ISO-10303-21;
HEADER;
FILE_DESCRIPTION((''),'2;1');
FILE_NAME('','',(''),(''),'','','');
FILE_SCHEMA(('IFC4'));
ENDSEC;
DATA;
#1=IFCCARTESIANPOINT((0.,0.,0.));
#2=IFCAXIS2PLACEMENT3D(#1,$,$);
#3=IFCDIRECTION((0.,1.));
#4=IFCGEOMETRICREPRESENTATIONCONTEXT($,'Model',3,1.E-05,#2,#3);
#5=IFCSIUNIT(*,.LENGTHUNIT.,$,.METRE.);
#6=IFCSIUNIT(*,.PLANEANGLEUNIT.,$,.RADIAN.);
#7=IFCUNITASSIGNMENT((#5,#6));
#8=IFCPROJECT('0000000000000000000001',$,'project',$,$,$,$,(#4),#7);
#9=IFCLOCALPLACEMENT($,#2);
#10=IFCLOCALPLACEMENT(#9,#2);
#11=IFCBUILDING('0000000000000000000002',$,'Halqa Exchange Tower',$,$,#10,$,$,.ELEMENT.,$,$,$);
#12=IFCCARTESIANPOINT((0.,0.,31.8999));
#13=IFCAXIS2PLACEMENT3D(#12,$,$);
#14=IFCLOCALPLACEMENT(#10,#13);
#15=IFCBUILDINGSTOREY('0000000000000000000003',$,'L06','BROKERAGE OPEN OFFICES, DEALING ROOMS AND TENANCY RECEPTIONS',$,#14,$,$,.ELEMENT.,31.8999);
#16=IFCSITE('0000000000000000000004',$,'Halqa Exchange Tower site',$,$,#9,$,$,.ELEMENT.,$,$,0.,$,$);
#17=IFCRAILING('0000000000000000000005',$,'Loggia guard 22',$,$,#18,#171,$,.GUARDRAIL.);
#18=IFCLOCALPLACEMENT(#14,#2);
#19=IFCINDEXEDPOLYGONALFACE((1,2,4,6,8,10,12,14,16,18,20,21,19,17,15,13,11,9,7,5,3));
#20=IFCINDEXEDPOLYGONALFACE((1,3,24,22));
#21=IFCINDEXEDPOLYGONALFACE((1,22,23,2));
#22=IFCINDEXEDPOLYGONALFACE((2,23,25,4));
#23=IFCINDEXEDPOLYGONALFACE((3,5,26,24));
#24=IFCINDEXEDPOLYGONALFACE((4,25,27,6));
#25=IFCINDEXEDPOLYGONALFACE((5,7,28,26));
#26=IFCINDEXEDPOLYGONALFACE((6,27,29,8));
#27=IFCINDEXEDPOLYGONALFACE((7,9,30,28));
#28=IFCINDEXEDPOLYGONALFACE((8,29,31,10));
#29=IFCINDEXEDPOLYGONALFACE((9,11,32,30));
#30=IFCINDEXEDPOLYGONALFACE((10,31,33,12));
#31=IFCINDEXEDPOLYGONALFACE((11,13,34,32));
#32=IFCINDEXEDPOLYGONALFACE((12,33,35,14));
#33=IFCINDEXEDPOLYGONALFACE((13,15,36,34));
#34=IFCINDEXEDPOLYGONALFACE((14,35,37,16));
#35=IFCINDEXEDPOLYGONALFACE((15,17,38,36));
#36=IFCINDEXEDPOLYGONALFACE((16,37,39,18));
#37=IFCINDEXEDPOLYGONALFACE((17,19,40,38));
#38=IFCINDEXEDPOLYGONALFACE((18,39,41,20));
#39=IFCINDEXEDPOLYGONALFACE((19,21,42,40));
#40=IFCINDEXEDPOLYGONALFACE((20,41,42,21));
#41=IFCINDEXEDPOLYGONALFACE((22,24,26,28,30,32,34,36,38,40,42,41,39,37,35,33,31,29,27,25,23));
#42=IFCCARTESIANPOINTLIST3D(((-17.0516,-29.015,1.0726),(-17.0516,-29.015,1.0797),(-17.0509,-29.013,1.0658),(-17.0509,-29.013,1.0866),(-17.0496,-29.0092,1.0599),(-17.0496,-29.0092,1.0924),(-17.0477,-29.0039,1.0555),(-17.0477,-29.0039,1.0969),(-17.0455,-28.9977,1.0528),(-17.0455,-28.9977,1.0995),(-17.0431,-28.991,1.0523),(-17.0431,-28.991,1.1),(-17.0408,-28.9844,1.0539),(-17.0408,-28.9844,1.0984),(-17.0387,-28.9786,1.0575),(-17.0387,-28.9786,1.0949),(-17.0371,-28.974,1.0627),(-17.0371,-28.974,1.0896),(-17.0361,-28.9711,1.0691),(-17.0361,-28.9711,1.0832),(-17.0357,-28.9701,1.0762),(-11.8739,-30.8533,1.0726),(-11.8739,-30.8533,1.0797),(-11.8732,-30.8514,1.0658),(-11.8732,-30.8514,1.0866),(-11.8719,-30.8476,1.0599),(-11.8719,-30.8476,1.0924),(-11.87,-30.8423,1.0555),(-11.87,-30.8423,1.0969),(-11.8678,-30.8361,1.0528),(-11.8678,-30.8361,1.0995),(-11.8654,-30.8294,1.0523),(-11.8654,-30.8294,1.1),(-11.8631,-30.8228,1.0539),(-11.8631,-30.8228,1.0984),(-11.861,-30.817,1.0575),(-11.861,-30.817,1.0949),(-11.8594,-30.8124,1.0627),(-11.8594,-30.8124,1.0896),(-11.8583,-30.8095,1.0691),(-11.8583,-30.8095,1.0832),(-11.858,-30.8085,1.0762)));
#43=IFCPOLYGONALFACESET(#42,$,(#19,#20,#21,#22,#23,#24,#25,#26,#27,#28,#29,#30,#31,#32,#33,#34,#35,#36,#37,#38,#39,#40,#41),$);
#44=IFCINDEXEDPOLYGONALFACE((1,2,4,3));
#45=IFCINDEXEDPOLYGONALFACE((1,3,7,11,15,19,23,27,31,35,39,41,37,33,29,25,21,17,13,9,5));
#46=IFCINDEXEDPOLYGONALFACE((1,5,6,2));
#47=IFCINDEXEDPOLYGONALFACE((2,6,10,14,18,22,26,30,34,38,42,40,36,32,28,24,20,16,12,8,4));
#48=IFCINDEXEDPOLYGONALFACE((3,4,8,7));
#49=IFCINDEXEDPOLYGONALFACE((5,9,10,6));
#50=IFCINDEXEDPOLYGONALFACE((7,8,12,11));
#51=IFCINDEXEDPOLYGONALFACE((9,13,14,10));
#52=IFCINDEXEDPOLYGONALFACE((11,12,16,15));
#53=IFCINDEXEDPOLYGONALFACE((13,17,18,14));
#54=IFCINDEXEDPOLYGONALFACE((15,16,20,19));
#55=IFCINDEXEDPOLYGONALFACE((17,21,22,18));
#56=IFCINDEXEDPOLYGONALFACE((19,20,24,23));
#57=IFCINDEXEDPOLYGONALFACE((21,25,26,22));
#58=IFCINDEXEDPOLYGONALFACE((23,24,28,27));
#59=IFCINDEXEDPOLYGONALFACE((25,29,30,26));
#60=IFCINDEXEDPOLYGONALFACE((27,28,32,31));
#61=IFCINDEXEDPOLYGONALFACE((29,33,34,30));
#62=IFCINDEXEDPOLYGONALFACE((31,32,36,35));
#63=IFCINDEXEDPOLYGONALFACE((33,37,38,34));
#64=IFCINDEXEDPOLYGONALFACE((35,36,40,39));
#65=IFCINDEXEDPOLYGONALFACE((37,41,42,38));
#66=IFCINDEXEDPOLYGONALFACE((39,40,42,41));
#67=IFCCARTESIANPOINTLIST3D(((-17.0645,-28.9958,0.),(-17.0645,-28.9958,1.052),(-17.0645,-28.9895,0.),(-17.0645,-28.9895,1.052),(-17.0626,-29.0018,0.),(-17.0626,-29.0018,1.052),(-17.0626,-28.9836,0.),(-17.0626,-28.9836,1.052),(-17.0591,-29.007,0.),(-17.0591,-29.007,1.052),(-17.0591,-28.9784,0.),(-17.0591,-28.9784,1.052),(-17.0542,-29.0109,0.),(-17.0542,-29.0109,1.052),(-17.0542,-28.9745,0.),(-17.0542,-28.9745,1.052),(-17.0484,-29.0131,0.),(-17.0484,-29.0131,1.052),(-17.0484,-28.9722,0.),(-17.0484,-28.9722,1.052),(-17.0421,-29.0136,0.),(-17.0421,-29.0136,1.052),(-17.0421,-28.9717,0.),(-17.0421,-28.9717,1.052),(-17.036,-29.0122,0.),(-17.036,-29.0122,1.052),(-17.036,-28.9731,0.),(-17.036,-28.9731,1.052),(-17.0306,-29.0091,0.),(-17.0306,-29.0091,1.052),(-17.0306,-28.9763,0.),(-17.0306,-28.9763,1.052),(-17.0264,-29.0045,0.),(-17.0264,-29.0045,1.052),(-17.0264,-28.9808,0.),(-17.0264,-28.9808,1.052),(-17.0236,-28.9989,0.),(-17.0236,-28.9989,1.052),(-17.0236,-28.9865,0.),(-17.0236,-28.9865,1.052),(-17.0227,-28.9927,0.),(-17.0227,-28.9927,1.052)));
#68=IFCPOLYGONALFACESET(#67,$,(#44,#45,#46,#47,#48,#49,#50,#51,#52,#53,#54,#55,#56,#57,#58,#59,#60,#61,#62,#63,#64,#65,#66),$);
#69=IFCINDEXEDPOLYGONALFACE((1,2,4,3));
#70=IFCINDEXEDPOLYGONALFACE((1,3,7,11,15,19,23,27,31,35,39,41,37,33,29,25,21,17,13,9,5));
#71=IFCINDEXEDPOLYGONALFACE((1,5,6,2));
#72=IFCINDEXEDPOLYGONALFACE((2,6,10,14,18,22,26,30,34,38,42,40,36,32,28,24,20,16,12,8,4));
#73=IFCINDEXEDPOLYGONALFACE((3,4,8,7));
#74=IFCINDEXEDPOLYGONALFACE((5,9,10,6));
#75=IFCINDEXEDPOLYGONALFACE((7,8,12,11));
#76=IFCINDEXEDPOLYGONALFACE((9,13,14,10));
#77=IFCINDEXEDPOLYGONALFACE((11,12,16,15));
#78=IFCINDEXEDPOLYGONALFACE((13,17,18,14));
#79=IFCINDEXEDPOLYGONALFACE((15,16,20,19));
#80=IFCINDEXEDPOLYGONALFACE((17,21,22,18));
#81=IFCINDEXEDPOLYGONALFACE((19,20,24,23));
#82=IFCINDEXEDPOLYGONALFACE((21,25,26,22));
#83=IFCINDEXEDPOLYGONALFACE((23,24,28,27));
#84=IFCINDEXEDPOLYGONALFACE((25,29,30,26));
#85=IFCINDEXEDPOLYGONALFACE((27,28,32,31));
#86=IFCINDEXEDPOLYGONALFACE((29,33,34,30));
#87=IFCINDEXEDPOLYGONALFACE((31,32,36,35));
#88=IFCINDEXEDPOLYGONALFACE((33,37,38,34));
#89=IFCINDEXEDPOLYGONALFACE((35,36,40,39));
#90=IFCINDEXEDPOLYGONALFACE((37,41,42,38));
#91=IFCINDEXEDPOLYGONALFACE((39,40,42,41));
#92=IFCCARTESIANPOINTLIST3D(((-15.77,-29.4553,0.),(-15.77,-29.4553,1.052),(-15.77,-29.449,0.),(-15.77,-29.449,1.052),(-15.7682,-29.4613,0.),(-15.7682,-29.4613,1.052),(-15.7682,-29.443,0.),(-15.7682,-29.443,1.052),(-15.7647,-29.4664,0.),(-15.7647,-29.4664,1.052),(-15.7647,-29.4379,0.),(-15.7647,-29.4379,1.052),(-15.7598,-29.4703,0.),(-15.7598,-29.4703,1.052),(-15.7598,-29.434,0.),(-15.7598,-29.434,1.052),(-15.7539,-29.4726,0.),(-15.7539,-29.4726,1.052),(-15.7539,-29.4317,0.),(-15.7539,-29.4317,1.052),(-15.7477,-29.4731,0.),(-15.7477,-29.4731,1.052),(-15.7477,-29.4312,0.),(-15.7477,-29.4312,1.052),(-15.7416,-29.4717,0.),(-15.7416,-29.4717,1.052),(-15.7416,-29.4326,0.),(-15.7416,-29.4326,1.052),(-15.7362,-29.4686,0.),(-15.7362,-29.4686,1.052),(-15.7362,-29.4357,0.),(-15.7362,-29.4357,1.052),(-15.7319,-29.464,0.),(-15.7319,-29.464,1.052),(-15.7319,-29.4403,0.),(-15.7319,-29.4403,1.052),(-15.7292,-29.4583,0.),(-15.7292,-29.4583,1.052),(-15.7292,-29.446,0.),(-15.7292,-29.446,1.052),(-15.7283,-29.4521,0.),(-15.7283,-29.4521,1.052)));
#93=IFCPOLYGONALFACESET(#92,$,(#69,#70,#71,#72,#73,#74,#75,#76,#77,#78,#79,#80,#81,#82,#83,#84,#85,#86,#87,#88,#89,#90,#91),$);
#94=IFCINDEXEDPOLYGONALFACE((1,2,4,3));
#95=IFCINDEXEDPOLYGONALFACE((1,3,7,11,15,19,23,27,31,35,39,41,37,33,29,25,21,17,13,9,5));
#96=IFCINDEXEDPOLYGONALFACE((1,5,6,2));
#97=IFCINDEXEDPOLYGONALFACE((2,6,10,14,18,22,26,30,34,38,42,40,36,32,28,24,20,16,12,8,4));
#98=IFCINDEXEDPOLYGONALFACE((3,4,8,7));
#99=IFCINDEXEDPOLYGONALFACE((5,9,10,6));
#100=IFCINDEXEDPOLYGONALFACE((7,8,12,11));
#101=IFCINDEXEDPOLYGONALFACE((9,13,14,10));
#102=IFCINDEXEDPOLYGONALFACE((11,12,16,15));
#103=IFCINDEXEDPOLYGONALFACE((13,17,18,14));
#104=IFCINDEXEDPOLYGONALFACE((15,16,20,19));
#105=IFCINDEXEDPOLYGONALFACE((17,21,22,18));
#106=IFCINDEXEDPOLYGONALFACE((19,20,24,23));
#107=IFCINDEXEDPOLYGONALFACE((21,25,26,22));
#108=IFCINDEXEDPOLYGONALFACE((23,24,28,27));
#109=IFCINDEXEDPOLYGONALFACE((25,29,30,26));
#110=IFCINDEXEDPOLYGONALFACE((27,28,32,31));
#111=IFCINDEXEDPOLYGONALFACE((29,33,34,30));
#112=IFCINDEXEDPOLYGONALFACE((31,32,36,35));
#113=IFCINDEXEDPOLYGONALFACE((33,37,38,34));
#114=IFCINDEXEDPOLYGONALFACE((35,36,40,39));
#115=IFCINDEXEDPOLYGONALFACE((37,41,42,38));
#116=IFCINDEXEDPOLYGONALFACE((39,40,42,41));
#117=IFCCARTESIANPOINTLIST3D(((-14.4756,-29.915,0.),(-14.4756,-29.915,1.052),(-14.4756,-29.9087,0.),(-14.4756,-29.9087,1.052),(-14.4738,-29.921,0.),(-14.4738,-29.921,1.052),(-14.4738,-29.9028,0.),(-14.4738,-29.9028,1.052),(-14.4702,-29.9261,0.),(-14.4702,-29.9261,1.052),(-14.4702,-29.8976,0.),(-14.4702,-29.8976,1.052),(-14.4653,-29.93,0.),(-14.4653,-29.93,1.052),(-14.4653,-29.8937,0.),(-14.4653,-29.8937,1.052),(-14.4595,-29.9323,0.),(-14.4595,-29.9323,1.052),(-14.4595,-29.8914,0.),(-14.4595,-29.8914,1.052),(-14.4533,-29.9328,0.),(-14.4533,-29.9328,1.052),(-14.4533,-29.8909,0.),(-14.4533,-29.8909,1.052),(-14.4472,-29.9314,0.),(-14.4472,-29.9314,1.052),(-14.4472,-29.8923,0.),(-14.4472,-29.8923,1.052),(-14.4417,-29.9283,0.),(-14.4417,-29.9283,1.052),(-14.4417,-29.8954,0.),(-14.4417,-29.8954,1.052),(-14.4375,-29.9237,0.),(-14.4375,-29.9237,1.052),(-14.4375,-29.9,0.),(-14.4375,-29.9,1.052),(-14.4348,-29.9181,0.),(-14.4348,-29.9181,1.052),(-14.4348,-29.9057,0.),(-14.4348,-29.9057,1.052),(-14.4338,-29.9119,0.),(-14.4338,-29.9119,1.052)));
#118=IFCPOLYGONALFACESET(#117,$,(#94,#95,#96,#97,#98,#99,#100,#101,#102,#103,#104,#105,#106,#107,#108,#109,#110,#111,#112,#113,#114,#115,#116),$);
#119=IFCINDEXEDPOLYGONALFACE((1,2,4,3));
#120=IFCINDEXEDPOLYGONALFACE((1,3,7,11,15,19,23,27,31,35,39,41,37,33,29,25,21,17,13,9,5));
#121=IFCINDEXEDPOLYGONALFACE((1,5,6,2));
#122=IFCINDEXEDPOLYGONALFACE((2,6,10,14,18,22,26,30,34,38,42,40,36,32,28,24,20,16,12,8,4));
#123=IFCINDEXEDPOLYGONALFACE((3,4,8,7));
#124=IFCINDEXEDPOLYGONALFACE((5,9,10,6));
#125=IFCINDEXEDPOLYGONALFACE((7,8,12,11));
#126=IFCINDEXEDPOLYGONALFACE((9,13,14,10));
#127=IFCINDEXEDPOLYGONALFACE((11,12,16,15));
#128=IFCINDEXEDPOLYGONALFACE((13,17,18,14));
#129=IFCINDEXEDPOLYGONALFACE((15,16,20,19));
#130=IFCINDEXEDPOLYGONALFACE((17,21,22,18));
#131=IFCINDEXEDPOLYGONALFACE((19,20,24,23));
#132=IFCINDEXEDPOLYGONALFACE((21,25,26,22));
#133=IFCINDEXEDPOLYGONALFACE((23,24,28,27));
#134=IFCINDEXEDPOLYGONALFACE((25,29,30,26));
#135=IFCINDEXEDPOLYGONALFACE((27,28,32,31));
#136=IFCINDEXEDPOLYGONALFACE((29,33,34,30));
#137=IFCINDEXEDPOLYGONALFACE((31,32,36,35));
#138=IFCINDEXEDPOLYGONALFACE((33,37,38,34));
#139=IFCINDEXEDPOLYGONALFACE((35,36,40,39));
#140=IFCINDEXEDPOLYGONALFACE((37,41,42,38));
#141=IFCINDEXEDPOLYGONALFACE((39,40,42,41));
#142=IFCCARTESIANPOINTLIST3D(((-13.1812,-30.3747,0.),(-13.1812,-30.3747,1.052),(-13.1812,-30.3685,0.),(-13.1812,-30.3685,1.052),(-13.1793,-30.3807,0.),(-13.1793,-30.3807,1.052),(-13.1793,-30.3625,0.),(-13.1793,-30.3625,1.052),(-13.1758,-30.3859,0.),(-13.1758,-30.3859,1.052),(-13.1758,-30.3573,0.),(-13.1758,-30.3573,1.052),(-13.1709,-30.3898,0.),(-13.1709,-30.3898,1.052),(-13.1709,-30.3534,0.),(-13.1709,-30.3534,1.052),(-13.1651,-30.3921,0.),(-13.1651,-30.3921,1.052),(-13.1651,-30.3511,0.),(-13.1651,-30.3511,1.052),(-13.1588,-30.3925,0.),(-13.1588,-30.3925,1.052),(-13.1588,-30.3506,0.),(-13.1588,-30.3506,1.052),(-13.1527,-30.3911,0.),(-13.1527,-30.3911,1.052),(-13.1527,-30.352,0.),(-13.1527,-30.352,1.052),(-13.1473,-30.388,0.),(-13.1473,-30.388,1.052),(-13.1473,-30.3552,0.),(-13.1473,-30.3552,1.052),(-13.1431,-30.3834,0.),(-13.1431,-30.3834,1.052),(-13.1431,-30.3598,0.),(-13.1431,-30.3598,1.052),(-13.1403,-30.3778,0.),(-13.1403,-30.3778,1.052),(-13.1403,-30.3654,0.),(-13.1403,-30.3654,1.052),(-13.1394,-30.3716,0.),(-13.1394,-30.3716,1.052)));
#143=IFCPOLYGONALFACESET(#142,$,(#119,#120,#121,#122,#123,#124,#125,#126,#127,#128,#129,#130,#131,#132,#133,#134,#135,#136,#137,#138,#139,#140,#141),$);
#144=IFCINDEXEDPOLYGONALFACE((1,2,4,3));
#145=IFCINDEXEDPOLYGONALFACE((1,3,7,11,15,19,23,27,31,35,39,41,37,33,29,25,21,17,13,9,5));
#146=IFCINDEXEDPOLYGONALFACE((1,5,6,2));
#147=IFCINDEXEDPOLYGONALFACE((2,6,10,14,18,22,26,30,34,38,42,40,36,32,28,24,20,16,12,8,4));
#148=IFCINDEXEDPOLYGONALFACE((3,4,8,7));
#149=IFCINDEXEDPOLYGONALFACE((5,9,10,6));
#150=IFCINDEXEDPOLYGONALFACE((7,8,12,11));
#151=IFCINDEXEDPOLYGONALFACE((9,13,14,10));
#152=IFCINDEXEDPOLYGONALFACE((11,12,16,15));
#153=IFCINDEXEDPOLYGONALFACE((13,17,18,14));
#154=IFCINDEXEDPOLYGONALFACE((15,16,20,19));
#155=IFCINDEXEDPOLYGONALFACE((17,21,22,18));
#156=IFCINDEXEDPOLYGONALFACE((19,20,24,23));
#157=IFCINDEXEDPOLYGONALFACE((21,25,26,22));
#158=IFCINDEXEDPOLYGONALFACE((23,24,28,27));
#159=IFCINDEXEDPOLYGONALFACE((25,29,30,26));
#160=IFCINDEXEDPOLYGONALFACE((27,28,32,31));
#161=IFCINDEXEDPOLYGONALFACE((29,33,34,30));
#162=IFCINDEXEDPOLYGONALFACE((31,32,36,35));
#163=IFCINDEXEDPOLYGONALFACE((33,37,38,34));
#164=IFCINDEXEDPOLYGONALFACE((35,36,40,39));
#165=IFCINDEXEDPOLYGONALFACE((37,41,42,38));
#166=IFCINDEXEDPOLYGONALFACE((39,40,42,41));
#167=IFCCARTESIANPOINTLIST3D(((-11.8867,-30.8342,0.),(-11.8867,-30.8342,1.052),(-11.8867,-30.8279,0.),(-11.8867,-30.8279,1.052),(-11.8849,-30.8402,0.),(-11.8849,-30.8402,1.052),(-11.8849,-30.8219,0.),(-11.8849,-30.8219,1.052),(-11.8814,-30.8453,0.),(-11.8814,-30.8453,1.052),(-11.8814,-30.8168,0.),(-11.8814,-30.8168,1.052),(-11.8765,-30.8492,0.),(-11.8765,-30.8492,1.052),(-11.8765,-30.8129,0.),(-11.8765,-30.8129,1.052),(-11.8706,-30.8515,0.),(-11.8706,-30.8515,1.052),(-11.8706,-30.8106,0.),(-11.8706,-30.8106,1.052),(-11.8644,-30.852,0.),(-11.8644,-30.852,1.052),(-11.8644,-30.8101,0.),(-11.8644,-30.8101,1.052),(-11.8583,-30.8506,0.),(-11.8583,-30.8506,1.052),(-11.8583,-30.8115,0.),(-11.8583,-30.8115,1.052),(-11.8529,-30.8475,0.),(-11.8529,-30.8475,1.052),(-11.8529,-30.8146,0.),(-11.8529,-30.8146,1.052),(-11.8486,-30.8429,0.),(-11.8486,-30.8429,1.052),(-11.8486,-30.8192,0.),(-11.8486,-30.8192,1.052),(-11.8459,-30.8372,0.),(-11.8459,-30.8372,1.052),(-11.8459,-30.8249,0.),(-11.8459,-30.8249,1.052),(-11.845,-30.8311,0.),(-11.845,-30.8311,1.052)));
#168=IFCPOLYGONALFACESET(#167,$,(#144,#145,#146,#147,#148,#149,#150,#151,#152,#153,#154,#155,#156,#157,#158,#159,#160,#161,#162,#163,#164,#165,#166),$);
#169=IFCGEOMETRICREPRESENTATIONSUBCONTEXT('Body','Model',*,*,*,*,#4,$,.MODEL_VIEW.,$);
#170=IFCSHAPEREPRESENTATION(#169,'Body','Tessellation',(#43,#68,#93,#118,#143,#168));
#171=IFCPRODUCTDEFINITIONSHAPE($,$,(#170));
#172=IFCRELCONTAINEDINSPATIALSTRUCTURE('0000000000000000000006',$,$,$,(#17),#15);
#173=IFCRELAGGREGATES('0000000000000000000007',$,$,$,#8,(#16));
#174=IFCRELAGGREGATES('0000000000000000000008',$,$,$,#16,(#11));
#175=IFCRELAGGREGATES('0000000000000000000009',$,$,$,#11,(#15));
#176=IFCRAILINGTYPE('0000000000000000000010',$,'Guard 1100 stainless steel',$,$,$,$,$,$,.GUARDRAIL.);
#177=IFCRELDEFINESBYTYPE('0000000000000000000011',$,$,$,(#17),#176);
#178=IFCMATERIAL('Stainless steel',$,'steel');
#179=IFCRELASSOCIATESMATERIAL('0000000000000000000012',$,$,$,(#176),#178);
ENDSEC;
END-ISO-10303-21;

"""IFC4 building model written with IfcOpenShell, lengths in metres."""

from ifc_helpers import new_model, si_unit, direction, frame, origin, origin_2d, place, context, subcontext, project, spatial, circle, extrude, material, type_object, element, save


model = new_model("IFC4")

# Units and contexts
model_context = context("Model", 3, precision=1e-05, world=origin(), true_north=direction((0.0, 1.0)))
body_context = subcontext(model_context, "Body", "Model", "MODEL_VIEW")
ifc_project = project(units=[si_unit("LENGTHUNIT", "METRE"), si_unit("PLANEANGLEUNIT", "RADIAN")], contexts=[model_context])

# Site, building, storey
site_placement = place(None, origin())
site = spatial("IfcSite", under=ifc_project, at=site_placement, Name="Halqa Exchange Tower site", CompositionType="ELEMENT", RefElevation=0.0)
building_placement = place(site_placement, origin())
building = spatial("IfcBuilding", under=site, at=building_placement, Name="Halqa Exchange Tower", CompositionType="ELEMENT")
storey_placement = place(building_placement, frame((0.0, 0.0, 31.8999)))
storey = spatial("IfcBuildingStorey", under=building, at=storey_placement, Name="L06", Description="BROKERAGE OPEN OFFICES, DEALING ROOMS AND TENANCY RECEPTIONS", CompositionType="ELEMENT", Elevation=31.8999)

# Railing
ifc_material_1 = material(Name="Stainless steel", Category="steel")
railing_type = type_object("IfcRailingType", Name="Guard 1100 stainless steel", PredefinedType="GUARDRAIL", material=ifc_material_1)
railing_1_placement = place(storey_placement, frame((-17.0437, -28.9927, 0.0)))
element("IfcRailing", 1, at=railing_1_placement, inside=storey, type_object=railing_type, Name="Loggia guard 22", PredefinedType="GUARDRAIL", context=body_context, shape_type="SweptSolid", body=[
    extrude(circle(Radius=0.0239, at=origin_2d()), frame((0.0, 0.0, 1.0762), z_axis=(0.942364, -0.334591, 0.0), x_axis=(0.334591, 0.942364, 0.0)), (0.0, 0.0, 1.0), 5.4944),
    extrude(circle(Radius=0.021, at=origin_2d()), origin(), (0.0, 0.0, 1.0), 1.052),
    extrude(circle(Radius=0.021, at=origin_2d()), frame((1.2944, -0.4595, 0.0)), (0.0, 0.0, 1.0), 1.052),
    extrude(circle(Radius=0.021, at=origin_2d()), frame((2.5889, -0.9192, 0.0)), (0.0, 0.0, 1.0), 1.052),
    extrude(circle(Radius=0.021, at=origin_2d()), frame((3.8833, -1.3789, 0.0)), (0.0, 0.0, 1.0), 1.052),
    extrude(circle(Radius=0.021, at=origin_2d()), frame((5.1777, -1.8384, 0.0)), (0.0, 0.0, 1.0), 1.052),
])

save(model, "model.ifc")
